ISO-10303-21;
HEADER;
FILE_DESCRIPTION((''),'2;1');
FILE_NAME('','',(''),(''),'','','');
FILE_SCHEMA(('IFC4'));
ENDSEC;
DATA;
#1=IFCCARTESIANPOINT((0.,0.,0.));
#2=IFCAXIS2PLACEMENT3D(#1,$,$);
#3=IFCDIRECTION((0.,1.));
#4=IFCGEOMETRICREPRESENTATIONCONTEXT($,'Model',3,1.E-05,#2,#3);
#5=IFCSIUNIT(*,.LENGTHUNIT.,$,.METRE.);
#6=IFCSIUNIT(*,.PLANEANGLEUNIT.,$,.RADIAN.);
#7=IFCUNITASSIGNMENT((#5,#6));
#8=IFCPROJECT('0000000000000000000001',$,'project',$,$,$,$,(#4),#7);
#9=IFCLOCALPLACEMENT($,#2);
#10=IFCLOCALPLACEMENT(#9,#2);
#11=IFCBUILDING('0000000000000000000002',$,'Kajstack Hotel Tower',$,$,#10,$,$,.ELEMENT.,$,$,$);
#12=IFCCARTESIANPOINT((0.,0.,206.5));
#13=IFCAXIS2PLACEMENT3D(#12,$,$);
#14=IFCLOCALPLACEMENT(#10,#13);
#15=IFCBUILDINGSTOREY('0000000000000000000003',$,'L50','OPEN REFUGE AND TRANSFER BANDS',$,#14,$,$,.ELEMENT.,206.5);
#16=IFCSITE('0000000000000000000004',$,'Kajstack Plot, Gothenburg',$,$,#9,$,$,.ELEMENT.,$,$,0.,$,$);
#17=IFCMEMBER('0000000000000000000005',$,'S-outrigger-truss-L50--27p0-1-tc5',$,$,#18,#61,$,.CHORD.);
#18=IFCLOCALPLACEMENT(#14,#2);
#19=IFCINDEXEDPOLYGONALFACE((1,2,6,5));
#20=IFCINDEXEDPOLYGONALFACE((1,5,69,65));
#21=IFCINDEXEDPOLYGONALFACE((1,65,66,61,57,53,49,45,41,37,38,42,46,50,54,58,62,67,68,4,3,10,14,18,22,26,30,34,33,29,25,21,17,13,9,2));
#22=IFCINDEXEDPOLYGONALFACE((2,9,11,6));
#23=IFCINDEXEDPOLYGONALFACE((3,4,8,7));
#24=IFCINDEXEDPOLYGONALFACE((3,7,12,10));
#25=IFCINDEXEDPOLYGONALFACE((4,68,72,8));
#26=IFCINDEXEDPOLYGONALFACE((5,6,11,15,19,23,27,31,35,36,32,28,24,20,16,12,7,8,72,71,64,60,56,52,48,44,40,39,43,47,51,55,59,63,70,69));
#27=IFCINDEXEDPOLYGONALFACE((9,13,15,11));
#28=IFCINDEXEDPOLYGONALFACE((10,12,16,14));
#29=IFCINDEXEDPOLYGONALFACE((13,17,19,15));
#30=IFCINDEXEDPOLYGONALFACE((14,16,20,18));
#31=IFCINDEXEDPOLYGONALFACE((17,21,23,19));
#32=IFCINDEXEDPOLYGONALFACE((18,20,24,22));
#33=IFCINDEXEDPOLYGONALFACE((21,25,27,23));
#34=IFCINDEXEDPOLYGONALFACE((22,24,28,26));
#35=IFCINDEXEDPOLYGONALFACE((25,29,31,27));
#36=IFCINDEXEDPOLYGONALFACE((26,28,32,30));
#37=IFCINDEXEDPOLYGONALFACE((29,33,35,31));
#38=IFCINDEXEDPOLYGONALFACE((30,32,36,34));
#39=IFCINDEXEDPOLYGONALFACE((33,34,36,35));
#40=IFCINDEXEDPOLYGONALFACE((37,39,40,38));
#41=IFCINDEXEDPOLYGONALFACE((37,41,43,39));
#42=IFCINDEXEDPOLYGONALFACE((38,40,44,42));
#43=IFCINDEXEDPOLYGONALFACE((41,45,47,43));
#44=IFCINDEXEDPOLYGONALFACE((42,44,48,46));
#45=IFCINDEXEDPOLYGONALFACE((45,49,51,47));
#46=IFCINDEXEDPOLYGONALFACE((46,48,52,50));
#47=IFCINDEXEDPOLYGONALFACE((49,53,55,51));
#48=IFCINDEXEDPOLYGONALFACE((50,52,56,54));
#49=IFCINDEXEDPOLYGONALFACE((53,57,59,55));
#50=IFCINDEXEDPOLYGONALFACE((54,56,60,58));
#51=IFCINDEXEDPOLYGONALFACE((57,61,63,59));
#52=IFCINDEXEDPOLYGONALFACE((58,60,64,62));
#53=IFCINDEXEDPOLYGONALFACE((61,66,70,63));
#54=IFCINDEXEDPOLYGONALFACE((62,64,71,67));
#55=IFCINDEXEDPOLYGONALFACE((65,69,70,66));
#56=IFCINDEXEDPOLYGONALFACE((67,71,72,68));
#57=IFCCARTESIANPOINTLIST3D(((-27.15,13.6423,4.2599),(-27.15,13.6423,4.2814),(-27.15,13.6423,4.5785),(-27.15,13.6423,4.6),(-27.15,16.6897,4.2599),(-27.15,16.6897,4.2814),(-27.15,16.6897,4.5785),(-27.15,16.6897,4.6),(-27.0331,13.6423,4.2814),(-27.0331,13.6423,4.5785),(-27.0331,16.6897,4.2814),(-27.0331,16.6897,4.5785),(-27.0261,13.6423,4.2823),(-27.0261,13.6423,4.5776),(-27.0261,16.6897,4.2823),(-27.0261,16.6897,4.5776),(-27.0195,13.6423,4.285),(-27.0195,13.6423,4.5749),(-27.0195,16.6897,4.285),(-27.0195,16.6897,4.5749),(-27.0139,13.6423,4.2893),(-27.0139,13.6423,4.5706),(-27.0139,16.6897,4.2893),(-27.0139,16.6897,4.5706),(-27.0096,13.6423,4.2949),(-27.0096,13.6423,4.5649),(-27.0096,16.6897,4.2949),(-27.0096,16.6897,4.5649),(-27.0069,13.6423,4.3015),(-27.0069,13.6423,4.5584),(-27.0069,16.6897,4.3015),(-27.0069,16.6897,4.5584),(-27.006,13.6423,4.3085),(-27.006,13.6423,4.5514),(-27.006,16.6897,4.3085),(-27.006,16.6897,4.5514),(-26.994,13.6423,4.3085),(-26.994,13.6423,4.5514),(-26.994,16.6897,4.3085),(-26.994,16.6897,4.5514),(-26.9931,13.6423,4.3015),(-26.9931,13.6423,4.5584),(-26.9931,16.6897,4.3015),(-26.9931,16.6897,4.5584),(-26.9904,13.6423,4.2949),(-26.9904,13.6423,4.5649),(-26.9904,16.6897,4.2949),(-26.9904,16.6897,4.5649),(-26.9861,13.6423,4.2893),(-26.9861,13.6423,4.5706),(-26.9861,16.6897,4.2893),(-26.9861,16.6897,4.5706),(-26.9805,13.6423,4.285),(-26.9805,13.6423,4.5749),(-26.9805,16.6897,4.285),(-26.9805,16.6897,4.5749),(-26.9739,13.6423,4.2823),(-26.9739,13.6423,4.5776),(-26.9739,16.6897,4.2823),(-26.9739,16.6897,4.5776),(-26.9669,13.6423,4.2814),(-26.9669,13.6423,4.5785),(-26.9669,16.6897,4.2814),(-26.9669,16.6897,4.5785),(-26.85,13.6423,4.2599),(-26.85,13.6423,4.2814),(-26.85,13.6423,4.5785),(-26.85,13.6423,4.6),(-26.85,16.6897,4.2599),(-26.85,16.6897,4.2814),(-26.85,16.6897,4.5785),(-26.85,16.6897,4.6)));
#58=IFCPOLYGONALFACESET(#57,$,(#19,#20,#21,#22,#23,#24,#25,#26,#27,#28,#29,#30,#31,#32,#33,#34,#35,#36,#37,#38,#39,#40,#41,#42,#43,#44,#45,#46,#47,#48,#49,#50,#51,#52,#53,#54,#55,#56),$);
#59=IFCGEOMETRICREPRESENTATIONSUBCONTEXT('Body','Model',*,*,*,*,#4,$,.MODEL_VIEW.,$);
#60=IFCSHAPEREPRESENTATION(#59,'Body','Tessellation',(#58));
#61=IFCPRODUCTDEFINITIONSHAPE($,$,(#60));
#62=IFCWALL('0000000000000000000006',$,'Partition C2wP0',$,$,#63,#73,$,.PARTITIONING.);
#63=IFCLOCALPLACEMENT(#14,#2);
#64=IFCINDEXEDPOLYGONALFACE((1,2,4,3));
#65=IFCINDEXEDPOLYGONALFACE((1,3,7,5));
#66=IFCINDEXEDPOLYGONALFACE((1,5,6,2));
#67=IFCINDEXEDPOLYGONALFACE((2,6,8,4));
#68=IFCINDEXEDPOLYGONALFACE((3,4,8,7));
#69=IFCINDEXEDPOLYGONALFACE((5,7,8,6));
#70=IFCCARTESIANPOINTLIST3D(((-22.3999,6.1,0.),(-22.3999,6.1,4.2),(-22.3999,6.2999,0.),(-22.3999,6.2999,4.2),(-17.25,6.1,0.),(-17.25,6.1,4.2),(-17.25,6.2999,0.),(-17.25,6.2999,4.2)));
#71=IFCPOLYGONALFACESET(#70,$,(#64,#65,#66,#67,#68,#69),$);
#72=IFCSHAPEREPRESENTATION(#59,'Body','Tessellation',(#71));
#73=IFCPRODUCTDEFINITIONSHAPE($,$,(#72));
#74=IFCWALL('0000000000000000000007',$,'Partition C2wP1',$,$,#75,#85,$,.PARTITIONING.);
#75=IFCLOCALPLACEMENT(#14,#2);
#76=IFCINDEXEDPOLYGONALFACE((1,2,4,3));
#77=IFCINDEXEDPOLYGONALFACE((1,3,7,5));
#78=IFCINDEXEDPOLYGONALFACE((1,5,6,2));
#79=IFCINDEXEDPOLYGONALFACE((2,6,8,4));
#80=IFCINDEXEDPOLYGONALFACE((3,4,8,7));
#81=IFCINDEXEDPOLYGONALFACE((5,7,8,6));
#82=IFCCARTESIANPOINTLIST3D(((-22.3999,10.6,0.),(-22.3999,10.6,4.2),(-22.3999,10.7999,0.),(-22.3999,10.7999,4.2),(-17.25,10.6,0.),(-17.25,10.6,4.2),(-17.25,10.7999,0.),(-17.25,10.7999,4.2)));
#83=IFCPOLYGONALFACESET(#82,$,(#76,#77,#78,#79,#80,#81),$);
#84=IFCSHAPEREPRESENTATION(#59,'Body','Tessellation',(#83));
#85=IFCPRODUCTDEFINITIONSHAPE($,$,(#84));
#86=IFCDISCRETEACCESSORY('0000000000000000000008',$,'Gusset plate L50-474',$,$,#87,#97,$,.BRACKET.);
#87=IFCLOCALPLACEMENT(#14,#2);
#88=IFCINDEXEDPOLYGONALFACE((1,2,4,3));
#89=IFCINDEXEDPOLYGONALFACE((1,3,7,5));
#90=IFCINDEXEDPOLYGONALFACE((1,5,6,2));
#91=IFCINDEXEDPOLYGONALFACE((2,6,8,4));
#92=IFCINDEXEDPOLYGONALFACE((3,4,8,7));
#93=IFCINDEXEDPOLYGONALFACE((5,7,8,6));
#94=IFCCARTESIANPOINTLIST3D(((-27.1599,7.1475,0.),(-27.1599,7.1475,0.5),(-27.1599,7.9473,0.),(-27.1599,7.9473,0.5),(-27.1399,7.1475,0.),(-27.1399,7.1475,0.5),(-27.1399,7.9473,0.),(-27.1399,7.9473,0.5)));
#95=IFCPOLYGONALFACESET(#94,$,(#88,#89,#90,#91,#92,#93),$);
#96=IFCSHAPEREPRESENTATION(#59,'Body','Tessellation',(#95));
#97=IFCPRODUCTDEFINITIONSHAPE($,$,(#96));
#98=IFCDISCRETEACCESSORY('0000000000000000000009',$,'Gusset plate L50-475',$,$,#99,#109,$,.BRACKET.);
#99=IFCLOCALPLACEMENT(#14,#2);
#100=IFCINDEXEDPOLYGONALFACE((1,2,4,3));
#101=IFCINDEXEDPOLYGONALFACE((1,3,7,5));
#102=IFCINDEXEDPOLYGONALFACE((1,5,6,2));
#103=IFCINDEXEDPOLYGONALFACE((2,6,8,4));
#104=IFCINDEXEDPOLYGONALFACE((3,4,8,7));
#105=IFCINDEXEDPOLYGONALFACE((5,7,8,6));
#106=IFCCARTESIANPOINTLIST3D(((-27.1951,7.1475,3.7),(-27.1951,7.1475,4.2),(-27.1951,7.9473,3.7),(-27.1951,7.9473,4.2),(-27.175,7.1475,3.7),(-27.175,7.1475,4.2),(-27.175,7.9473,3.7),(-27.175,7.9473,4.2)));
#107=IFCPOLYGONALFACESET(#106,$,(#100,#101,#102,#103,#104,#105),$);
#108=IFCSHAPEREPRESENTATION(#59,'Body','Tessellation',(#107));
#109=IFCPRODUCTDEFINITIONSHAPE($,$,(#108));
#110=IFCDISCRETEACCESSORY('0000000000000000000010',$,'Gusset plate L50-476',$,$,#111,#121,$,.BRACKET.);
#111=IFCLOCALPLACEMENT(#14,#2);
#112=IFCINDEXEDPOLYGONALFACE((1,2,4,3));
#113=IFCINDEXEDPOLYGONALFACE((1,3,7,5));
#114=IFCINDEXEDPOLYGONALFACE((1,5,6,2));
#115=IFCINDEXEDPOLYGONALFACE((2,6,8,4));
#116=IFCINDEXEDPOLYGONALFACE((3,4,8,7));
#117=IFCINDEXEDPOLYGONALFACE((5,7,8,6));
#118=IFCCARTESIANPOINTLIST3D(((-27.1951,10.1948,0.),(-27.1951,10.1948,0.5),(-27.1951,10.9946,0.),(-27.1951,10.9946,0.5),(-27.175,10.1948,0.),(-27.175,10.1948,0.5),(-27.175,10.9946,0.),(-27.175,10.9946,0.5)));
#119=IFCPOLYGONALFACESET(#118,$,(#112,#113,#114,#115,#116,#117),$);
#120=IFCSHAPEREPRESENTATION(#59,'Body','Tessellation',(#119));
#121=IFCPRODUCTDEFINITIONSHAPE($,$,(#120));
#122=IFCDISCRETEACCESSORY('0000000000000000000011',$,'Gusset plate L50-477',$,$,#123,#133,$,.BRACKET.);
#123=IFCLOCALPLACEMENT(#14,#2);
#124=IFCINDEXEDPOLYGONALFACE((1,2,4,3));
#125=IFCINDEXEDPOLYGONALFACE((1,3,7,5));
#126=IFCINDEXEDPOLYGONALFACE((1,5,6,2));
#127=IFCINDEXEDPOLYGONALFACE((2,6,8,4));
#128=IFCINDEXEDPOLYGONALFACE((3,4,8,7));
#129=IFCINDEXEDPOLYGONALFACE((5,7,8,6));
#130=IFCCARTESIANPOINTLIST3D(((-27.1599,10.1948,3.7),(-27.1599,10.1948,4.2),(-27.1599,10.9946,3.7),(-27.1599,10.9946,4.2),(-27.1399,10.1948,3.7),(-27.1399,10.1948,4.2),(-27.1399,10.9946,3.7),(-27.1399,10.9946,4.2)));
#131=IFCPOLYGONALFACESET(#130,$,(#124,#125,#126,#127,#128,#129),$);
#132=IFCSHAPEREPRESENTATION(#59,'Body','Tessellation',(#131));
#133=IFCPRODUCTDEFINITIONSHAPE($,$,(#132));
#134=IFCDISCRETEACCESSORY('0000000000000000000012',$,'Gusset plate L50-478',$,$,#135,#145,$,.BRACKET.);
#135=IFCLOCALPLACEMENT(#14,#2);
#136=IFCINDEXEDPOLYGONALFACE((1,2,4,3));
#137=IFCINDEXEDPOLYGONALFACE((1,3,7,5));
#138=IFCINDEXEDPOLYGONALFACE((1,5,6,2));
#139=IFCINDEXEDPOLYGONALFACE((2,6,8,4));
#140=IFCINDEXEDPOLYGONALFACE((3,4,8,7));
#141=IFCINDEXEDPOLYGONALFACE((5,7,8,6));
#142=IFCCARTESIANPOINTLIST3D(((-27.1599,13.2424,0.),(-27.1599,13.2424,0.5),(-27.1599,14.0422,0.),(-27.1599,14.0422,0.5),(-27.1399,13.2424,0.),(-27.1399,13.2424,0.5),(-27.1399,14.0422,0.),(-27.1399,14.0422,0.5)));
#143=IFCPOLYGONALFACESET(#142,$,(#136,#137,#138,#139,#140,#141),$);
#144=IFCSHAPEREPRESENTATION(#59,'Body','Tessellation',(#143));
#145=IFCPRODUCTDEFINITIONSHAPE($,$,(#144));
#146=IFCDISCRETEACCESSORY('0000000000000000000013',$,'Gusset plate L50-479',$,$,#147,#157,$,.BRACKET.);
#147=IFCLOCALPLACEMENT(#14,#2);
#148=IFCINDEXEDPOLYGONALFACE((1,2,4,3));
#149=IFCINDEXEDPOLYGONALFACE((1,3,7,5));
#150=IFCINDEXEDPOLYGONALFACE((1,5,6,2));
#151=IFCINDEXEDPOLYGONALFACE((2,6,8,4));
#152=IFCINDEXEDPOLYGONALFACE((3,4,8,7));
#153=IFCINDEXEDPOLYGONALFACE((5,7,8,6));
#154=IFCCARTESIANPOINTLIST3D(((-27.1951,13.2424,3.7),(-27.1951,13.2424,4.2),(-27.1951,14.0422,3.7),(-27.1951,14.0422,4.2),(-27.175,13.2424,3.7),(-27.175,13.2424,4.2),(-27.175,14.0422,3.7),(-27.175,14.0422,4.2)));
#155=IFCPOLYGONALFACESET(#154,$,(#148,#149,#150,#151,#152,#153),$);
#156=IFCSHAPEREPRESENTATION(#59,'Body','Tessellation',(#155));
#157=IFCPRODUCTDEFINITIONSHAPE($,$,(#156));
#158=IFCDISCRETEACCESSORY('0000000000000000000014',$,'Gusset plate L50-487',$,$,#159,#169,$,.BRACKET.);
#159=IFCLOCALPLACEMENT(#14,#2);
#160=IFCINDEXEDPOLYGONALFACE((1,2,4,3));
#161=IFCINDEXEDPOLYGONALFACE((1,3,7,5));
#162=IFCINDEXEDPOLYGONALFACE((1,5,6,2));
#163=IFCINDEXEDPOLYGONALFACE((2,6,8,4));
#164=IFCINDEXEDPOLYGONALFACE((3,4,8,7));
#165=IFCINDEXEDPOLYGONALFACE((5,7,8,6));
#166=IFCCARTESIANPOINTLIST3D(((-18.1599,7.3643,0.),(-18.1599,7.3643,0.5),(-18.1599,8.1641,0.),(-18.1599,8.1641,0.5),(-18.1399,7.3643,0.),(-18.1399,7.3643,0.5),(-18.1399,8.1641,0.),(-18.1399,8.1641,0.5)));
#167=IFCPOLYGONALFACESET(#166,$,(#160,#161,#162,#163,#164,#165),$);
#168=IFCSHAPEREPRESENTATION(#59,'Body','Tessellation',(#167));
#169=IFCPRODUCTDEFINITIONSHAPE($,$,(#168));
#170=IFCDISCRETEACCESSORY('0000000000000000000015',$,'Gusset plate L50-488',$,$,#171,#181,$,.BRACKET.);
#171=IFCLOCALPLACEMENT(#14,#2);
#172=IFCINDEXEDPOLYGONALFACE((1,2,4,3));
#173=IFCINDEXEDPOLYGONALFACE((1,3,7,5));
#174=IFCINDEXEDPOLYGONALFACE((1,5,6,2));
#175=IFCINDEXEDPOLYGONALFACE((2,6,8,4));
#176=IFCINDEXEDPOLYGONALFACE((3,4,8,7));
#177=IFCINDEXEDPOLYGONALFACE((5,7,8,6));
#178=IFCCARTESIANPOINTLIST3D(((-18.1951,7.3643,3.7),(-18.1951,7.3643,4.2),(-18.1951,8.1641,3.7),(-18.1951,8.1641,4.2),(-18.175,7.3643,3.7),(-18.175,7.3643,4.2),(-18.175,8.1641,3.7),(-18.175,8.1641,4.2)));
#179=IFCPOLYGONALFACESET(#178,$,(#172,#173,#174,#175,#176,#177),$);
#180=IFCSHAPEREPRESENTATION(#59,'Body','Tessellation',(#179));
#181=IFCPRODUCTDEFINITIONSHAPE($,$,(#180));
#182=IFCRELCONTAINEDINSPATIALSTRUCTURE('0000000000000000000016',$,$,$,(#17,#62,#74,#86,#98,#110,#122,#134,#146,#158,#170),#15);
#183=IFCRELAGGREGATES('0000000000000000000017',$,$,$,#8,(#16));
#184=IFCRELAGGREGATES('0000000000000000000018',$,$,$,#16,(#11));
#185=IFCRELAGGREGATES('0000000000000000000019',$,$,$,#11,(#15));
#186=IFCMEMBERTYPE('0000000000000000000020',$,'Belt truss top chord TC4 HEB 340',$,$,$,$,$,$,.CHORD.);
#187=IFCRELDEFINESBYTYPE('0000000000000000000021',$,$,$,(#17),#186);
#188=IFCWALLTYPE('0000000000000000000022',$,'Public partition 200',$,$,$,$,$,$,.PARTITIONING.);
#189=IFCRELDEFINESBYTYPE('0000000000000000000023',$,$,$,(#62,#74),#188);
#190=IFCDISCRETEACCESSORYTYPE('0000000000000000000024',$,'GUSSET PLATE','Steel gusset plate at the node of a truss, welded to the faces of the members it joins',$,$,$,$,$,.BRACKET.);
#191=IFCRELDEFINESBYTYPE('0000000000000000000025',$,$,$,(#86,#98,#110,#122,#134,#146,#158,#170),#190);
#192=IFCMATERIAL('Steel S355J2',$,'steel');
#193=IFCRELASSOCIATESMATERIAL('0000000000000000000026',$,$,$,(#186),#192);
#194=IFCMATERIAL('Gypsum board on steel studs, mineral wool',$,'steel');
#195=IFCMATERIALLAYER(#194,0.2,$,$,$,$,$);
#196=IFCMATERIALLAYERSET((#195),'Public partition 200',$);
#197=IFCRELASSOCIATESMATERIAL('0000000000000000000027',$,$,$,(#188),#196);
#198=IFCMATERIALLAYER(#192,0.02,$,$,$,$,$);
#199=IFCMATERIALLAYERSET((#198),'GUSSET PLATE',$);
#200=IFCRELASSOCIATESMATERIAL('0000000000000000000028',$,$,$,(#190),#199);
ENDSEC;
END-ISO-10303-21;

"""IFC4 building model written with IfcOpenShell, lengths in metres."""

from ifc_helpers import new_model, si_unit, direction, frame, frame_2d, origin, origin_2d, place, context, subcontext, project, spatial, polyline, rectangle, i_section, outline, extrude, material, layer, layer_set, material_profile, profile_set, type_object, element, save


model = new_model("IFC4")

# Units and contexts
model_context = context("Model", 3, precision=1e-05, world=origin(), true_north=direction((0.0, 1.0)))
body_context = subcontext(model_context, "Body", "Model", "MODEL_VIEW")
ifc_project = project(units=[si_unit("LENGTHUNIT", "METRE"), si_unit("PLANEANGLEUNIT", "RADIAN")], contexts=[model_context])

# Site, building, storey
site_placement = place(None, origin())
site = spatial("IfcSite", under=ifc_project, at=site_placement, Name="Kajstack Plot, Gothenburg", CompositionType="ELEMENT", RefElevation=0.0)
building_placement = place(site_placement, origin())
building = spatial("IfcBuilding", under=site, at=building_placement, Name="Kajstack Hotel Tower", CompositionType="ELEMENT")
storey_placement = place(building_placement, frame((0.0, 0.0, 206.5)))
storey = spatial("IfcBuildingStorey", under=building, at=storey_placement, Name="L50", Description="OPEN REFUGE AND TRANSFER BANDS", CompositionType="ELEMENT", Elevation=206.5)

# Member
ifc_material_1 = material(Name="Steel S355J2", Category="steel")
ifc_material_profile_1 = material_profile(ifc_material_1, i_section(OverallWidth=0.3, OverallDepth=0.3401, WebThickness=0.012, FlangeThickness=0.0215, FilletRadius=0.0271, at=origin_2d()), Name="HEB 340")
ifc_profile_set_1 = profile_set([ifc_material_profile_1], Name="Steel S355J2")
member_type_1 = type_object("IfcMemberType", Name="Belt truss top chord TC4 HEB 340", PredefinedType="CHORD", material=ifc_profile_set_1)
member_1_placement = place(storey_placement, frame((-27.0, 13.6423, 4.4299), z_axis=(0.0, 1.0, 0.0), x_axis=(-1.0, 0.0, 0.0)))
element("IfcMember", 1, at=member_1_placement, inside=storey, type_object=member_type_1, Name="S-outrigger-truss-L50--27p0-1-tc5", PredefinedType="CHORD", context=body_context, shape_type="SweptSolid", body=[
    extrude(i_section(OverallWidth=0.3, OverallDepth=0.3401, WebThickness=0.012, FlangeThickness=0.0215, FilletRadius=0.0271, at=origin_2d()), origin(), (0.0, 0.0, 1.0), 3.0474),
])

# Walls
ifc_material_2 = material(Name="Gypsum board on steel studs, mineral wool", Category="steel")
ifc_layer_1 = layer(ifc_material_2, 0.2)
ifc_layer_set_1 = layer_set([ifc_layer_1], Name="Public partition 200")
wall_type = type_object("IfcWallType", Name="Public partition 200", PredefinedType="PARTITIONING", material=ifc_layer_set_1)
for number, where, z_axis, x_axis, name in (
    (2, (-22.3999, 6.2, 0.0), (0.0, 0.0, 1.0), (1.0, 0.0, 0.0), "Partition C2wP0"),
    (3, (-22.3999, 10.7, 0.0), (0.0, 0.0, 1.0), (1.0, 0.0, 0.0), "Partition C2wP1"),
):
    element("IfcWall", number, at=place(storey_placement, frame(where, z_axis=z_axis, x_axis=x_axis)), inside=storey, type_object=wall_type, Name=name, PredefinedType="PARTITIONING", context=body_context, shape_type="SweptSolid", body=[
        extrude(rectangle(XDim=5.1499, YDim=0.2, at=frame_2d((2.575, 0.0))), origin(), (0.0, 0.0, 1.0), 4.2),
    ])

# Discrete accessories
ifc_layer_2 = layer(ifc_material_1, 0.02)
ifc_layer_set_2 = layer_set([ifc_layer_2], Name="GUSSET PLATE")
discrete_accessory_type = type_object("IfcDiscreteAccessoryType", Name="GUSSET PLATE", Description="Steel gusset plate at the node of a truss, welded to the faces of the members it joins", PredefinedType="BRACKET", material=ifc_layer_set_2)
for number, where, z_axis, x_axis, name in (
    (4, (-27.1599, 7.5474, 0.0), (1.0, 0.0, 0.0), (0.0, 1.0, 0.0), "Gusset plate L50-474"),
    (5, (-27.1951, 7.5474, 3.7), (1.0, 0.0, 0.0), (0.0, 1.0, 0.0), "Gusset plate L50-475"),
    (6, (-27.1951, 10.5947, 0.0), (1.0, 0.0, 0.0), (0.0, 1.0, 0.0), "Gusset plate L50-476"),
    (7, (-27.1599, 10.5947, 3.7), (1.0, 0.0, 0.0), (0.0, 1.0, 0.0), "Gusset plate L50-477"),
    (8, (-27.1599, 13.6423, 0.0), (1.0, 0.0, 0.0), (0.0, 1.0, 0.0), "Gusset plate L50-478"),
    (9, (-27.1951, 13.6423, 3.7), (1.0, 0.0, 0.0), (0.0, 1.0, 0.0), "Gusset plate L50-479"),
    (10, (-18.1599, 7.7642, 0.0), (1.0, 0.0, 0.0), (0.0, 1.0, 0.0), "Gusset plate L50-487"),
    (11, (-18.1951, 7.7642, 3.7), (1.0, 0.0, 0.0), (0.0, 1.0, 0.0), "Gusset plate L50-488"),
):
    element("IfcDiscreteAccessory", number, at=place(storey_placement, frame(where, z_axis=z_axis, x_axis=x_axis)), inside=storey, type_object=discrete_accessory_type, Name=name, PredefinedType="BRACKET", context=body_context, shape_type="SweptSolid", body=[
        extrude(outline(polyline([(-0.3999, 0.0), (0.3999, 0.0), (0.3999, 0.5), (-0.3999, 0.5), (-0.3999, 0.0)])), origin(), (0.0, 0.0, 1.0), 0.02),
    ])

save(model, "model.ifc")
